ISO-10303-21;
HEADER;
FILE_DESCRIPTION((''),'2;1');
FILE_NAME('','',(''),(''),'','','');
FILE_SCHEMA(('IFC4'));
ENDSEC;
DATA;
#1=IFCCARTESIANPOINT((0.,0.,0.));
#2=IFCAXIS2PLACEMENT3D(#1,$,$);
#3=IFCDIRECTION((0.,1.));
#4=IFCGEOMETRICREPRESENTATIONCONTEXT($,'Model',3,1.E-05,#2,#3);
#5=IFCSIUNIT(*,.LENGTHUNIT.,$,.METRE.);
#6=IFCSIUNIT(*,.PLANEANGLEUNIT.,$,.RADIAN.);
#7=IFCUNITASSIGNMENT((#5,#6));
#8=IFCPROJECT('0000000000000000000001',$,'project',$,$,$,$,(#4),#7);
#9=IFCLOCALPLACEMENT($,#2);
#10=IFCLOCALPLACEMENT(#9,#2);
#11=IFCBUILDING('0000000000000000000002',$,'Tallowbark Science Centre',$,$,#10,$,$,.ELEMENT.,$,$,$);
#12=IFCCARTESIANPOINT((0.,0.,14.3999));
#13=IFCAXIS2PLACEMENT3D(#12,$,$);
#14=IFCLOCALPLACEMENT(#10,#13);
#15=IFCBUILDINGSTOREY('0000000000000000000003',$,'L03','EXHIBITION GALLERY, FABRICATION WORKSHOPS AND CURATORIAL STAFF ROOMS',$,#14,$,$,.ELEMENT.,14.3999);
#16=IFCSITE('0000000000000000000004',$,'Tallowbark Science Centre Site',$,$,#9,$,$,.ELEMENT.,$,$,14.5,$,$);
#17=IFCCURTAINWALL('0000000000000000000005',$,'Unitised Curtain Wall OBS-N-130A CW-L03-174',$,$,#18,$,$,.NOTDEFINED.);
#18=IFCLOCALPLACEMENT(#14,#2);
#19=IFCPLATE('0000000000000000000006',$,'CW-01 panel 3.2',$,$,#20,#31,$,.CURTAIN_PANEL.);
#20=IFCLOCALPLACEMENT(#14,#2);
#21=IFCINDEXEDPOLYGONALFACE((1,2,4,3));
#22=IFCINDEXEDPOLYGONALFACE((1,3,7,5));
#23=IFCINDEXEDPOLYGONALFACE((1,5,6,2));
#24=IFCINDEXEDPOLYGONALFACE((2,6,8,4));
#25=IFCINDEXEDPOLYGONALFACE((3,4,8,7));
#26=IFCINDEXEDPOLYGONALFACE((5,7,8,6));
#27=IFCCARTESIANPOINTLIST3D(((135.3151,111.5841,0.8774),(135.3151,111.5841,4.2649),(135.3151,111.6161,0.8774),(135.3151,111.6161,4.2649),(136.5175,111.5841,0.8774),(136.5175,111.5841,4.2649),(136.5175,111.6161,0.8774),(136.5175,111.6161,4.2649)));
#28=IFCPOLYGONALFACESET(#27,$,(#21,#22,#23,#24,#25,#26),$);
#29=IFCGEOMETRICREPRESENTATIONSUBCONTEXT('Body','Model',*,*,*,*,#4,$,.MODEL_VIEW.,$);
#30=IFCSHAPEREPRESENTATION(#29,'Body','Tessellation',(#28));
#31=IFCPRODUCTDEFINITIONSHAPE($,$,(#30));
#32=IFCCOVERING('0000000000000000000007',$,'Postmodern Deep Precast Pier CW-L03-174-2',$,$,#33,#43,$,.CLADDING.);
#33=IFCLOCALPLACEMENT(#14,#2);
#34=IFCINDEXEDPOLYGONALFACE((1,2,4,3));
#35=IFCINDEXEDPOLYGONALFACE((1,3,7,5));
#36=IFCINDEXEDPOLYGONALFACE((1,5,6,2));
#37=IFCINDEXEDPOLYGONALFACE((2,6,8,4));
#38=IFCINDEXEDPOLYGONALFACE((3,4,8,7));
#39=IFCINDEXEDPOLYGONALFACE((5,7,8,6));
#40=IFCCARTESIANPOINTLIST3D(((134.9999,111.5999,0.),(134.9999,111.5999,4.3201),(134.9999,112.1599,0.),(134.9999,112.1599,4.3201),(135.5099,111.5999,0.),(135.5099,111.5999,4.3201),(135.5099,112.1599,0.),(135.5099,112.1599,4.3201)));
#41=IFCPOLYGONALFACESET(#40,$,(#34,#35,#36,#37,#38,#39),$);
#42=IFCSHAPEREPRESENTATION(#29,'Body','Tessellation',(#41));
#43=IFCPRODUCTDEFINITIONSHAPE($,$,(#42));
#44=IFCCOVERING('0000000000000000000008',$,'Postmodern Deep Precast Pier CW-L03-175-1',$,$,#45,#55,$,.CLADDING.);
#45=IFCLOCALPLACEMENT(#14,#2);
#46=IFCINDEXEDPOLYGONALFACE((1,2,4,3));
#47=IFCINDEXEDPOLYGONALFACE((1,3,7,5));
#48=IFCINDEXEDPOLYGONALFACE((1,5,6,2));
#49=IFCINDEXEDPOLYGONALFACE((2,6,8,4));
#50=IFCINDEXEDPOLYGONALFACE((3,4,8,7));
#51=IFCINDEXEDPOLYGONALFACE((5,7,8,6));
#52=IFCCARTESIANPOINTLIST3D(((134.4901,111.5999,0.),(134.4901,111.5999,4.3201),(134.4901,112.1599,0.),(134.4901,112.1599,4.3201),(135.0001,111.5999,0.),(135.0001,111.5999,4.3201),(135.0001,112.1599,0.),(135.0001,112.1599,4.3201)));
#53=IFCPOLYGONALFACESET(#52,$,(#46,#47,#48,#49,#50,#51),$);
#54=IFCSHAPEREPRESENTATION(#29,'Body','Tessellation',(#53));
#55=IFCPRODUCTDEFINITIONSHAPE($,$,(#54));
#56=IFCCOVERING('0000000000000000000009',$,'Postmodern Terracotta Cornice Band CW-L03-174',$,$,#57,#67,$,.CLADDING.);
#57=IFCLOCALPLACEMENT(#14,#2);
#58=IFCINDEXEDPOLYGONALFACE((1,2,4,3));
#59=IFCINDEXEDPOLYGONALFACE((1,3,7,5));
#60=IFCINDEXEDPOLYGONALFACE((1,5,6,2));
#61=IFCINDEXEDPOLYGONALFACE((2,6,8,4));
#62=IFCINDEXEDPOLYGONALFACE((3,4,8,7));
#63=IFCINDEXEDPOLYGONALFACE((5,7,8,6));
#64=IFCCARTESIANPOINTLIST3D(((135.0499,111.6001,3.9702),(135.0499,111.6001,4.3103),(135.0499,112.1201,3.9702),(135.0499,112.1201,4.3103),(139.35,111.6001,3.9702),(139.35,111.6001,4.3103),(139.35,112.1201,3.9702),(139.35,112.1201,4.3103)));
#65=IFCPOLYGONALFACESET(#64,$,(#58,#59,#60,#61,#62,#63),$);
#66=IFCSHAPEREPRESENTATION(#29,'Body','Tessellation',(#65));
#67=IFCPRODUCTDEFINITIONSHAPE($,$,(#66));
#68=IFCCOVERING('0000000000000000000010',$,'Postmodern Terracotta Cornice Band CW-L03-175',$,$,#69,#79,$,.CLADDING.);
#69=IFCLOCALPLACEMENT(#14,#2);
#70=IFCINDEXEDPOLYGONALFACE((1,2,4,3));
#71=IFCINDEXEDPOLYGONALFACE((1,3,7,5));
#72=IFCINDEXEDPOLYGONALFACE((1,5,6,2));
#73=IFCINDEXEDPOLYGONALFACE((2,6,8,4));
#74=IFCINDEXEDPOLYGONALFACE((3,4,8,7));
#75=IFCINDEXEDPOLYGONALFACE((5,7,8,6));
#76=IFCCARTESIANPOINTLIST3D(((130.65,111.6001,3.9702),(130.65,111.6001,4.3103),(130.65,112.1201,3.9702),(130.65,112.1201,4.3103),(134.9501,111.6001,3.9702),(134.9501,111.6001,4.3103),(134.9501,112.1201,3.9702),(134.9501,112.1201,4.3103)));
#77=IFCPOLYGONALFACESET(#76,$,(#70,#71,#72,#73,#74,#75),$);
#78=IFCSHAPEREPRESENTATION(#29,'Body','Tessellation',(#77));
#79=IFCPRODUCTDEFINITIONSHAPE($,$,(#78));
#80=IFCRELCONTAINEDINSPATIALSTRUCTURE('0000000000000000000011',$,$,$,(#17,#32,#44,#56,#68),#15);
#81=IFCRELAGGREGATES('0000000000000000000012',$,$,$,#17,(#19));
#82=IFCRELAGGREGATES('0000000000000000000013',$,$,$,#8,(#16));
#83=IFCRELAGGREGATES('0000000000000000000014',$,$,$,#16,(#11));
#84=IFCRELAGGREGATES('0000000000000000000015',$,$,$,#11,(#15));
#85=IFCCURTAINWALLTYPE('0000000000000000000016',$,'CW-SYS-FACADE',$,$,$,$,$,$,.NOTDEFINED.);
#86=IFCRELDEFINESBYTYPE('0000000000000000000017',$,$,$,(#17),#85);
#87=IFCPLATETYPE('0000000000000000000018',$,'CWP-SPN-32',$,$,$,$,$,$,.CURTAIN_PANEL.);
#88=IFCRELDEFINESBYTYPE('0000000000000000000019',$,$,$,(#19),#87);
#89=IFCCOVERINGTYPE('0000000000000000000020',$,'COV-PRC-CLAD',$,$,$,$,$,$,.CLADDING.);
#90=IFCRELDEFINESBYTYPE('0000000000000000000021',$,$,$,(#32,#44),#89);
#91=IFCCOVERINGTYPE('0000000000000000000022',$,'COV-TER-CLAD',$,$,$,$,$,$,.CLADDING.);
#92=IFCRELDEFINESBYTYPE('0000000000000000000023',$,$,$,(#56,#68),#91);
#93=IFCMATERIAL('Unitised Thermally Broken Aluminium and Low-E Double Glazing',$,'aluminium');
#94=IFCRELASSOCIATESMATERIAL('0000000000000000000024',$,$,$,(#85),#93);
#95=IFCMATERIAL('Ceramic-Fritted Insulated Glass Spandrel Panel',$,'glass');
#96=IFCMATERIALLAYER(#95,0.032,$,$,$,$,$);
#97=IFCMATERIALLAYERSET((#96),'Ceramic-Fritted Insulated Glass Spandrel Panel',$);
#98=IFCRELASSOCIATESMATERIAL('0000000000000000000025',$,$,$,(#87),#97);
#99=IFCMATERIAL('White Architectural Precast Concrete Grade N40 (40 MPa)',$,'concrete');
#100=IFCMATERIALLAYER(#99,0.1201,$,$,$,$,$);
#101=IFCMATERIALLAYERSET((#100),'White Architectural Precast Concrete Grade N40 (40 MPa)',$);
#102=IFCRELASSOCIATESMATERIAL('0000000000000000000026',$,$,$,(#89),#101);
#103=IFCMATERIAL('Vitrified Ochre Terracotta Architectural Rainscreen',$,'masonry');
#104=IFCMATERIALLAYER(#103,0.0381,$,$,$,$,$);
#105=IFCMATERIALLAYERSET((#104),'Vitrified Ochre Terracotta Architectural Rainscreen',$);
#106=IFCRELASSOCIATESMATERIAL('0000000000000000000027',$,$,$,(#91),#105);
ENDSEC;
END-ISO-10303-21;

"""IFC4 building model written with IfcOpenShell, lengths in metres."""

from ifc_helpers import new_model, si_unit, direction, frame, origin, origin_2d, place, context, subcontext, project, spatial, rectangle, extrude, material, layer, layer_set, type_object, element, aggregate, save


model = new_model("IFC4")

# Units and contexts
model_context = context("Model", 3, precision=1e-05, world=origin(), true_north=direction((0.0, 1.0)))
body_context = subcontext(model_context, "Body", "Model", "MODEL_VIEW")
ifc_project = project(units=[si_unit("LENGTHUNIT", "METRE"), si_unit("PLANEANGLEUNIT", "RADIAN")], contexts=[model_context])

# Site, building, storey
site_placement = place(None, origin())
site = spatial("IfcSite", under=ifc_project, at=site_placement, Name="Tallowbark Science Centre Site", CompositionType="ELEMENT", RefElevation=14.5)
building_placement = place(site_placement, origin())
building = spatial("IfcBuilding", under=site, at=building_placement, Name="Tallowbark Science Centre", CompositionType="ELEMENT")
storey_placement = place(building_placement, frame((0.0, 0.0, 14.3999)))
storey = spatial("IfcBuildingStorey", under=building, at=storey_placement, Name="L03", Description="EXHIBITION GALLERY, FABRICATION WORKSHOPS AND CURATORIAL STAFF ROOMS", CompositionType="ELEMENT", Elevation=14.3999)

# Curtain wall
ifc_material_1 = material(Name="Unitised Thermally Broken Aluminium and Low-E Double Glazing", Category="aluminium")
curtain_wall_type = type_object("IfcCurtainWallType", Name="CW-SYS-FACADE", PredefinedType="NOTDEFINED", material=ifc_material_1)
curtain_wall_1_placement = place(storey_placement, origin())
curtain_wall_1 = element("IfcCurtainWall", 1, at=curtain_wall_1_placement, inside=storey, type_object=curtain_wall_type, Name="Unitised Curtain Wall OBS-N-130A CW-L03-174", PredefinedType="NOTDEFINED")

# Plate
ifc_material_2 = material(Name="Ceramic-Fritted Insulated Glass Spandrel Panel", Category="glass")
ifc_layer_1 = layer(ifc_material_2, 0.032)
ifc_layer_set_1 = layer_set([ifc_layer_1], Name="Ceramic-Fritted Insulated Glass Spandrel Panel")
plate_type_1 = type_object("IfcPlateType", Name="CWP-SPN-32", PredefinedType="CURTAIN_PANEL", material=ifc_layer_set_1)
plate_1_placement = place(storey_placement, frame((135.9163, 111.6001, 0.8774), z_axis=(0.0, 0.0, 1.0), x_axis=(-1.0, 0.0, 0.0)))
plate_1 = element("IfcPlate", 2, at=plate_1_placement, type_object=plate_type_1, Name="CW-01 panel 3.2", PredefinedType="CURTAIN_PANEL", context=body_context, shape_type="SweptSolid", body=[
    extrude(rectangle(XDim=1.2024, YDim=0.032, at=origin_2d()), origin(), (0.0, 0.0, 1.0), 3.3875),
])
aggregate(curtain_wall_1, [plate_1])

# Coverings
ifc_material_3 = material(Name="White Architectural Precast Concrete Grade N40 (40 MPa)", Category="concrete")
ifc_layer_2 = layer(ifc_material_3, 0.1201)
ifc_layer_set_2 = layer_set([ifc_layer_2], Name="White Architectural Precast Concrete Grade N40 (40 MPa)")
covering_type_1 = type_object("IfcCoveringType", Name="COV-PRC-CLAD", PredefinedType="CLADDING", material=ifc_layer_set_2)
for number, where, z_axis, x_axis, name in (
    (3, (135.2549, 111.8799, 0.0), (0.0, 0.0, 1.0), (-1.0, 0.0, 0.0), "Postmodern Deep Precast Pier CW-L03-174-2"),
    (4, (134.7451, 111.8799, 0.0), (0.0, 0.0, 1.0), (-1.0, 0.0, 0.0), "Postmodern Deep Precast Pier CW-L03-175-1"),
):
    element("IfcCovering", number, at=place(storey_placement, frame(where, z_axis=z_axis, x_axis=x_axis)), inside=storey, type_object=covering_type_1, Name=name, PredefinedType="CLADDING", context=body_context, shape_type="SweptSolid", body=[
        extrude(rectangle(XDim=0.51, YDim=0.5601, at=origin_2d()), origin(), (0.0, 0.0, 1.0), 4.3201),
    ])
ifc_material_4 = material(Name="Vitrified Ochre Terracotta Architectural Rainscreen", Category="masonry")
ifc_layer_3 = layer(ifc_material_4, 0.0381)
ifc_layer_set_3 = layer_set([ifc_layer_3], Name="Vitrified Ochre Terracotta Architectural Rainscreen")
covering_type_2 = type_object("IfcCoveringType", Name="COV-TER-CLAD", PredefinedType="CLADDING", material=ifc_layer_set_3)
for number, where, z_axis, x_axis, name in (
    (5, (137.2, 111.8601, 3.9702), (0.0, 0.0, 1.0), (-1.0, 0.0, 0.0), "Postmodern Terracotta Cornice Band CW-L03-174"),
    (6, (132.8, 111.8601, 3.9702), (0.0, 0.0, 1.0), (-1.0, 0.0, 0.0), "Postmodern Terracotta Cornice Band CW-L03-175"),
):
    element("IfcCovering", number, at=place(storey_placement, frame(where, z_axis=z_axis, x_axis=x_axis)), inside=storey, type_object=covering_type_2, Name=name, PredefinedType="CLADDING", context=body_context, shape_type="SweptSolid", body=[
        extrude(rectangle(XDim=4.3, YDim=0.52, at=origin_2d()), origin(), (0.0, 0.0, 1.0), 0.3401),
    ])

save(model, "model.ifc")
